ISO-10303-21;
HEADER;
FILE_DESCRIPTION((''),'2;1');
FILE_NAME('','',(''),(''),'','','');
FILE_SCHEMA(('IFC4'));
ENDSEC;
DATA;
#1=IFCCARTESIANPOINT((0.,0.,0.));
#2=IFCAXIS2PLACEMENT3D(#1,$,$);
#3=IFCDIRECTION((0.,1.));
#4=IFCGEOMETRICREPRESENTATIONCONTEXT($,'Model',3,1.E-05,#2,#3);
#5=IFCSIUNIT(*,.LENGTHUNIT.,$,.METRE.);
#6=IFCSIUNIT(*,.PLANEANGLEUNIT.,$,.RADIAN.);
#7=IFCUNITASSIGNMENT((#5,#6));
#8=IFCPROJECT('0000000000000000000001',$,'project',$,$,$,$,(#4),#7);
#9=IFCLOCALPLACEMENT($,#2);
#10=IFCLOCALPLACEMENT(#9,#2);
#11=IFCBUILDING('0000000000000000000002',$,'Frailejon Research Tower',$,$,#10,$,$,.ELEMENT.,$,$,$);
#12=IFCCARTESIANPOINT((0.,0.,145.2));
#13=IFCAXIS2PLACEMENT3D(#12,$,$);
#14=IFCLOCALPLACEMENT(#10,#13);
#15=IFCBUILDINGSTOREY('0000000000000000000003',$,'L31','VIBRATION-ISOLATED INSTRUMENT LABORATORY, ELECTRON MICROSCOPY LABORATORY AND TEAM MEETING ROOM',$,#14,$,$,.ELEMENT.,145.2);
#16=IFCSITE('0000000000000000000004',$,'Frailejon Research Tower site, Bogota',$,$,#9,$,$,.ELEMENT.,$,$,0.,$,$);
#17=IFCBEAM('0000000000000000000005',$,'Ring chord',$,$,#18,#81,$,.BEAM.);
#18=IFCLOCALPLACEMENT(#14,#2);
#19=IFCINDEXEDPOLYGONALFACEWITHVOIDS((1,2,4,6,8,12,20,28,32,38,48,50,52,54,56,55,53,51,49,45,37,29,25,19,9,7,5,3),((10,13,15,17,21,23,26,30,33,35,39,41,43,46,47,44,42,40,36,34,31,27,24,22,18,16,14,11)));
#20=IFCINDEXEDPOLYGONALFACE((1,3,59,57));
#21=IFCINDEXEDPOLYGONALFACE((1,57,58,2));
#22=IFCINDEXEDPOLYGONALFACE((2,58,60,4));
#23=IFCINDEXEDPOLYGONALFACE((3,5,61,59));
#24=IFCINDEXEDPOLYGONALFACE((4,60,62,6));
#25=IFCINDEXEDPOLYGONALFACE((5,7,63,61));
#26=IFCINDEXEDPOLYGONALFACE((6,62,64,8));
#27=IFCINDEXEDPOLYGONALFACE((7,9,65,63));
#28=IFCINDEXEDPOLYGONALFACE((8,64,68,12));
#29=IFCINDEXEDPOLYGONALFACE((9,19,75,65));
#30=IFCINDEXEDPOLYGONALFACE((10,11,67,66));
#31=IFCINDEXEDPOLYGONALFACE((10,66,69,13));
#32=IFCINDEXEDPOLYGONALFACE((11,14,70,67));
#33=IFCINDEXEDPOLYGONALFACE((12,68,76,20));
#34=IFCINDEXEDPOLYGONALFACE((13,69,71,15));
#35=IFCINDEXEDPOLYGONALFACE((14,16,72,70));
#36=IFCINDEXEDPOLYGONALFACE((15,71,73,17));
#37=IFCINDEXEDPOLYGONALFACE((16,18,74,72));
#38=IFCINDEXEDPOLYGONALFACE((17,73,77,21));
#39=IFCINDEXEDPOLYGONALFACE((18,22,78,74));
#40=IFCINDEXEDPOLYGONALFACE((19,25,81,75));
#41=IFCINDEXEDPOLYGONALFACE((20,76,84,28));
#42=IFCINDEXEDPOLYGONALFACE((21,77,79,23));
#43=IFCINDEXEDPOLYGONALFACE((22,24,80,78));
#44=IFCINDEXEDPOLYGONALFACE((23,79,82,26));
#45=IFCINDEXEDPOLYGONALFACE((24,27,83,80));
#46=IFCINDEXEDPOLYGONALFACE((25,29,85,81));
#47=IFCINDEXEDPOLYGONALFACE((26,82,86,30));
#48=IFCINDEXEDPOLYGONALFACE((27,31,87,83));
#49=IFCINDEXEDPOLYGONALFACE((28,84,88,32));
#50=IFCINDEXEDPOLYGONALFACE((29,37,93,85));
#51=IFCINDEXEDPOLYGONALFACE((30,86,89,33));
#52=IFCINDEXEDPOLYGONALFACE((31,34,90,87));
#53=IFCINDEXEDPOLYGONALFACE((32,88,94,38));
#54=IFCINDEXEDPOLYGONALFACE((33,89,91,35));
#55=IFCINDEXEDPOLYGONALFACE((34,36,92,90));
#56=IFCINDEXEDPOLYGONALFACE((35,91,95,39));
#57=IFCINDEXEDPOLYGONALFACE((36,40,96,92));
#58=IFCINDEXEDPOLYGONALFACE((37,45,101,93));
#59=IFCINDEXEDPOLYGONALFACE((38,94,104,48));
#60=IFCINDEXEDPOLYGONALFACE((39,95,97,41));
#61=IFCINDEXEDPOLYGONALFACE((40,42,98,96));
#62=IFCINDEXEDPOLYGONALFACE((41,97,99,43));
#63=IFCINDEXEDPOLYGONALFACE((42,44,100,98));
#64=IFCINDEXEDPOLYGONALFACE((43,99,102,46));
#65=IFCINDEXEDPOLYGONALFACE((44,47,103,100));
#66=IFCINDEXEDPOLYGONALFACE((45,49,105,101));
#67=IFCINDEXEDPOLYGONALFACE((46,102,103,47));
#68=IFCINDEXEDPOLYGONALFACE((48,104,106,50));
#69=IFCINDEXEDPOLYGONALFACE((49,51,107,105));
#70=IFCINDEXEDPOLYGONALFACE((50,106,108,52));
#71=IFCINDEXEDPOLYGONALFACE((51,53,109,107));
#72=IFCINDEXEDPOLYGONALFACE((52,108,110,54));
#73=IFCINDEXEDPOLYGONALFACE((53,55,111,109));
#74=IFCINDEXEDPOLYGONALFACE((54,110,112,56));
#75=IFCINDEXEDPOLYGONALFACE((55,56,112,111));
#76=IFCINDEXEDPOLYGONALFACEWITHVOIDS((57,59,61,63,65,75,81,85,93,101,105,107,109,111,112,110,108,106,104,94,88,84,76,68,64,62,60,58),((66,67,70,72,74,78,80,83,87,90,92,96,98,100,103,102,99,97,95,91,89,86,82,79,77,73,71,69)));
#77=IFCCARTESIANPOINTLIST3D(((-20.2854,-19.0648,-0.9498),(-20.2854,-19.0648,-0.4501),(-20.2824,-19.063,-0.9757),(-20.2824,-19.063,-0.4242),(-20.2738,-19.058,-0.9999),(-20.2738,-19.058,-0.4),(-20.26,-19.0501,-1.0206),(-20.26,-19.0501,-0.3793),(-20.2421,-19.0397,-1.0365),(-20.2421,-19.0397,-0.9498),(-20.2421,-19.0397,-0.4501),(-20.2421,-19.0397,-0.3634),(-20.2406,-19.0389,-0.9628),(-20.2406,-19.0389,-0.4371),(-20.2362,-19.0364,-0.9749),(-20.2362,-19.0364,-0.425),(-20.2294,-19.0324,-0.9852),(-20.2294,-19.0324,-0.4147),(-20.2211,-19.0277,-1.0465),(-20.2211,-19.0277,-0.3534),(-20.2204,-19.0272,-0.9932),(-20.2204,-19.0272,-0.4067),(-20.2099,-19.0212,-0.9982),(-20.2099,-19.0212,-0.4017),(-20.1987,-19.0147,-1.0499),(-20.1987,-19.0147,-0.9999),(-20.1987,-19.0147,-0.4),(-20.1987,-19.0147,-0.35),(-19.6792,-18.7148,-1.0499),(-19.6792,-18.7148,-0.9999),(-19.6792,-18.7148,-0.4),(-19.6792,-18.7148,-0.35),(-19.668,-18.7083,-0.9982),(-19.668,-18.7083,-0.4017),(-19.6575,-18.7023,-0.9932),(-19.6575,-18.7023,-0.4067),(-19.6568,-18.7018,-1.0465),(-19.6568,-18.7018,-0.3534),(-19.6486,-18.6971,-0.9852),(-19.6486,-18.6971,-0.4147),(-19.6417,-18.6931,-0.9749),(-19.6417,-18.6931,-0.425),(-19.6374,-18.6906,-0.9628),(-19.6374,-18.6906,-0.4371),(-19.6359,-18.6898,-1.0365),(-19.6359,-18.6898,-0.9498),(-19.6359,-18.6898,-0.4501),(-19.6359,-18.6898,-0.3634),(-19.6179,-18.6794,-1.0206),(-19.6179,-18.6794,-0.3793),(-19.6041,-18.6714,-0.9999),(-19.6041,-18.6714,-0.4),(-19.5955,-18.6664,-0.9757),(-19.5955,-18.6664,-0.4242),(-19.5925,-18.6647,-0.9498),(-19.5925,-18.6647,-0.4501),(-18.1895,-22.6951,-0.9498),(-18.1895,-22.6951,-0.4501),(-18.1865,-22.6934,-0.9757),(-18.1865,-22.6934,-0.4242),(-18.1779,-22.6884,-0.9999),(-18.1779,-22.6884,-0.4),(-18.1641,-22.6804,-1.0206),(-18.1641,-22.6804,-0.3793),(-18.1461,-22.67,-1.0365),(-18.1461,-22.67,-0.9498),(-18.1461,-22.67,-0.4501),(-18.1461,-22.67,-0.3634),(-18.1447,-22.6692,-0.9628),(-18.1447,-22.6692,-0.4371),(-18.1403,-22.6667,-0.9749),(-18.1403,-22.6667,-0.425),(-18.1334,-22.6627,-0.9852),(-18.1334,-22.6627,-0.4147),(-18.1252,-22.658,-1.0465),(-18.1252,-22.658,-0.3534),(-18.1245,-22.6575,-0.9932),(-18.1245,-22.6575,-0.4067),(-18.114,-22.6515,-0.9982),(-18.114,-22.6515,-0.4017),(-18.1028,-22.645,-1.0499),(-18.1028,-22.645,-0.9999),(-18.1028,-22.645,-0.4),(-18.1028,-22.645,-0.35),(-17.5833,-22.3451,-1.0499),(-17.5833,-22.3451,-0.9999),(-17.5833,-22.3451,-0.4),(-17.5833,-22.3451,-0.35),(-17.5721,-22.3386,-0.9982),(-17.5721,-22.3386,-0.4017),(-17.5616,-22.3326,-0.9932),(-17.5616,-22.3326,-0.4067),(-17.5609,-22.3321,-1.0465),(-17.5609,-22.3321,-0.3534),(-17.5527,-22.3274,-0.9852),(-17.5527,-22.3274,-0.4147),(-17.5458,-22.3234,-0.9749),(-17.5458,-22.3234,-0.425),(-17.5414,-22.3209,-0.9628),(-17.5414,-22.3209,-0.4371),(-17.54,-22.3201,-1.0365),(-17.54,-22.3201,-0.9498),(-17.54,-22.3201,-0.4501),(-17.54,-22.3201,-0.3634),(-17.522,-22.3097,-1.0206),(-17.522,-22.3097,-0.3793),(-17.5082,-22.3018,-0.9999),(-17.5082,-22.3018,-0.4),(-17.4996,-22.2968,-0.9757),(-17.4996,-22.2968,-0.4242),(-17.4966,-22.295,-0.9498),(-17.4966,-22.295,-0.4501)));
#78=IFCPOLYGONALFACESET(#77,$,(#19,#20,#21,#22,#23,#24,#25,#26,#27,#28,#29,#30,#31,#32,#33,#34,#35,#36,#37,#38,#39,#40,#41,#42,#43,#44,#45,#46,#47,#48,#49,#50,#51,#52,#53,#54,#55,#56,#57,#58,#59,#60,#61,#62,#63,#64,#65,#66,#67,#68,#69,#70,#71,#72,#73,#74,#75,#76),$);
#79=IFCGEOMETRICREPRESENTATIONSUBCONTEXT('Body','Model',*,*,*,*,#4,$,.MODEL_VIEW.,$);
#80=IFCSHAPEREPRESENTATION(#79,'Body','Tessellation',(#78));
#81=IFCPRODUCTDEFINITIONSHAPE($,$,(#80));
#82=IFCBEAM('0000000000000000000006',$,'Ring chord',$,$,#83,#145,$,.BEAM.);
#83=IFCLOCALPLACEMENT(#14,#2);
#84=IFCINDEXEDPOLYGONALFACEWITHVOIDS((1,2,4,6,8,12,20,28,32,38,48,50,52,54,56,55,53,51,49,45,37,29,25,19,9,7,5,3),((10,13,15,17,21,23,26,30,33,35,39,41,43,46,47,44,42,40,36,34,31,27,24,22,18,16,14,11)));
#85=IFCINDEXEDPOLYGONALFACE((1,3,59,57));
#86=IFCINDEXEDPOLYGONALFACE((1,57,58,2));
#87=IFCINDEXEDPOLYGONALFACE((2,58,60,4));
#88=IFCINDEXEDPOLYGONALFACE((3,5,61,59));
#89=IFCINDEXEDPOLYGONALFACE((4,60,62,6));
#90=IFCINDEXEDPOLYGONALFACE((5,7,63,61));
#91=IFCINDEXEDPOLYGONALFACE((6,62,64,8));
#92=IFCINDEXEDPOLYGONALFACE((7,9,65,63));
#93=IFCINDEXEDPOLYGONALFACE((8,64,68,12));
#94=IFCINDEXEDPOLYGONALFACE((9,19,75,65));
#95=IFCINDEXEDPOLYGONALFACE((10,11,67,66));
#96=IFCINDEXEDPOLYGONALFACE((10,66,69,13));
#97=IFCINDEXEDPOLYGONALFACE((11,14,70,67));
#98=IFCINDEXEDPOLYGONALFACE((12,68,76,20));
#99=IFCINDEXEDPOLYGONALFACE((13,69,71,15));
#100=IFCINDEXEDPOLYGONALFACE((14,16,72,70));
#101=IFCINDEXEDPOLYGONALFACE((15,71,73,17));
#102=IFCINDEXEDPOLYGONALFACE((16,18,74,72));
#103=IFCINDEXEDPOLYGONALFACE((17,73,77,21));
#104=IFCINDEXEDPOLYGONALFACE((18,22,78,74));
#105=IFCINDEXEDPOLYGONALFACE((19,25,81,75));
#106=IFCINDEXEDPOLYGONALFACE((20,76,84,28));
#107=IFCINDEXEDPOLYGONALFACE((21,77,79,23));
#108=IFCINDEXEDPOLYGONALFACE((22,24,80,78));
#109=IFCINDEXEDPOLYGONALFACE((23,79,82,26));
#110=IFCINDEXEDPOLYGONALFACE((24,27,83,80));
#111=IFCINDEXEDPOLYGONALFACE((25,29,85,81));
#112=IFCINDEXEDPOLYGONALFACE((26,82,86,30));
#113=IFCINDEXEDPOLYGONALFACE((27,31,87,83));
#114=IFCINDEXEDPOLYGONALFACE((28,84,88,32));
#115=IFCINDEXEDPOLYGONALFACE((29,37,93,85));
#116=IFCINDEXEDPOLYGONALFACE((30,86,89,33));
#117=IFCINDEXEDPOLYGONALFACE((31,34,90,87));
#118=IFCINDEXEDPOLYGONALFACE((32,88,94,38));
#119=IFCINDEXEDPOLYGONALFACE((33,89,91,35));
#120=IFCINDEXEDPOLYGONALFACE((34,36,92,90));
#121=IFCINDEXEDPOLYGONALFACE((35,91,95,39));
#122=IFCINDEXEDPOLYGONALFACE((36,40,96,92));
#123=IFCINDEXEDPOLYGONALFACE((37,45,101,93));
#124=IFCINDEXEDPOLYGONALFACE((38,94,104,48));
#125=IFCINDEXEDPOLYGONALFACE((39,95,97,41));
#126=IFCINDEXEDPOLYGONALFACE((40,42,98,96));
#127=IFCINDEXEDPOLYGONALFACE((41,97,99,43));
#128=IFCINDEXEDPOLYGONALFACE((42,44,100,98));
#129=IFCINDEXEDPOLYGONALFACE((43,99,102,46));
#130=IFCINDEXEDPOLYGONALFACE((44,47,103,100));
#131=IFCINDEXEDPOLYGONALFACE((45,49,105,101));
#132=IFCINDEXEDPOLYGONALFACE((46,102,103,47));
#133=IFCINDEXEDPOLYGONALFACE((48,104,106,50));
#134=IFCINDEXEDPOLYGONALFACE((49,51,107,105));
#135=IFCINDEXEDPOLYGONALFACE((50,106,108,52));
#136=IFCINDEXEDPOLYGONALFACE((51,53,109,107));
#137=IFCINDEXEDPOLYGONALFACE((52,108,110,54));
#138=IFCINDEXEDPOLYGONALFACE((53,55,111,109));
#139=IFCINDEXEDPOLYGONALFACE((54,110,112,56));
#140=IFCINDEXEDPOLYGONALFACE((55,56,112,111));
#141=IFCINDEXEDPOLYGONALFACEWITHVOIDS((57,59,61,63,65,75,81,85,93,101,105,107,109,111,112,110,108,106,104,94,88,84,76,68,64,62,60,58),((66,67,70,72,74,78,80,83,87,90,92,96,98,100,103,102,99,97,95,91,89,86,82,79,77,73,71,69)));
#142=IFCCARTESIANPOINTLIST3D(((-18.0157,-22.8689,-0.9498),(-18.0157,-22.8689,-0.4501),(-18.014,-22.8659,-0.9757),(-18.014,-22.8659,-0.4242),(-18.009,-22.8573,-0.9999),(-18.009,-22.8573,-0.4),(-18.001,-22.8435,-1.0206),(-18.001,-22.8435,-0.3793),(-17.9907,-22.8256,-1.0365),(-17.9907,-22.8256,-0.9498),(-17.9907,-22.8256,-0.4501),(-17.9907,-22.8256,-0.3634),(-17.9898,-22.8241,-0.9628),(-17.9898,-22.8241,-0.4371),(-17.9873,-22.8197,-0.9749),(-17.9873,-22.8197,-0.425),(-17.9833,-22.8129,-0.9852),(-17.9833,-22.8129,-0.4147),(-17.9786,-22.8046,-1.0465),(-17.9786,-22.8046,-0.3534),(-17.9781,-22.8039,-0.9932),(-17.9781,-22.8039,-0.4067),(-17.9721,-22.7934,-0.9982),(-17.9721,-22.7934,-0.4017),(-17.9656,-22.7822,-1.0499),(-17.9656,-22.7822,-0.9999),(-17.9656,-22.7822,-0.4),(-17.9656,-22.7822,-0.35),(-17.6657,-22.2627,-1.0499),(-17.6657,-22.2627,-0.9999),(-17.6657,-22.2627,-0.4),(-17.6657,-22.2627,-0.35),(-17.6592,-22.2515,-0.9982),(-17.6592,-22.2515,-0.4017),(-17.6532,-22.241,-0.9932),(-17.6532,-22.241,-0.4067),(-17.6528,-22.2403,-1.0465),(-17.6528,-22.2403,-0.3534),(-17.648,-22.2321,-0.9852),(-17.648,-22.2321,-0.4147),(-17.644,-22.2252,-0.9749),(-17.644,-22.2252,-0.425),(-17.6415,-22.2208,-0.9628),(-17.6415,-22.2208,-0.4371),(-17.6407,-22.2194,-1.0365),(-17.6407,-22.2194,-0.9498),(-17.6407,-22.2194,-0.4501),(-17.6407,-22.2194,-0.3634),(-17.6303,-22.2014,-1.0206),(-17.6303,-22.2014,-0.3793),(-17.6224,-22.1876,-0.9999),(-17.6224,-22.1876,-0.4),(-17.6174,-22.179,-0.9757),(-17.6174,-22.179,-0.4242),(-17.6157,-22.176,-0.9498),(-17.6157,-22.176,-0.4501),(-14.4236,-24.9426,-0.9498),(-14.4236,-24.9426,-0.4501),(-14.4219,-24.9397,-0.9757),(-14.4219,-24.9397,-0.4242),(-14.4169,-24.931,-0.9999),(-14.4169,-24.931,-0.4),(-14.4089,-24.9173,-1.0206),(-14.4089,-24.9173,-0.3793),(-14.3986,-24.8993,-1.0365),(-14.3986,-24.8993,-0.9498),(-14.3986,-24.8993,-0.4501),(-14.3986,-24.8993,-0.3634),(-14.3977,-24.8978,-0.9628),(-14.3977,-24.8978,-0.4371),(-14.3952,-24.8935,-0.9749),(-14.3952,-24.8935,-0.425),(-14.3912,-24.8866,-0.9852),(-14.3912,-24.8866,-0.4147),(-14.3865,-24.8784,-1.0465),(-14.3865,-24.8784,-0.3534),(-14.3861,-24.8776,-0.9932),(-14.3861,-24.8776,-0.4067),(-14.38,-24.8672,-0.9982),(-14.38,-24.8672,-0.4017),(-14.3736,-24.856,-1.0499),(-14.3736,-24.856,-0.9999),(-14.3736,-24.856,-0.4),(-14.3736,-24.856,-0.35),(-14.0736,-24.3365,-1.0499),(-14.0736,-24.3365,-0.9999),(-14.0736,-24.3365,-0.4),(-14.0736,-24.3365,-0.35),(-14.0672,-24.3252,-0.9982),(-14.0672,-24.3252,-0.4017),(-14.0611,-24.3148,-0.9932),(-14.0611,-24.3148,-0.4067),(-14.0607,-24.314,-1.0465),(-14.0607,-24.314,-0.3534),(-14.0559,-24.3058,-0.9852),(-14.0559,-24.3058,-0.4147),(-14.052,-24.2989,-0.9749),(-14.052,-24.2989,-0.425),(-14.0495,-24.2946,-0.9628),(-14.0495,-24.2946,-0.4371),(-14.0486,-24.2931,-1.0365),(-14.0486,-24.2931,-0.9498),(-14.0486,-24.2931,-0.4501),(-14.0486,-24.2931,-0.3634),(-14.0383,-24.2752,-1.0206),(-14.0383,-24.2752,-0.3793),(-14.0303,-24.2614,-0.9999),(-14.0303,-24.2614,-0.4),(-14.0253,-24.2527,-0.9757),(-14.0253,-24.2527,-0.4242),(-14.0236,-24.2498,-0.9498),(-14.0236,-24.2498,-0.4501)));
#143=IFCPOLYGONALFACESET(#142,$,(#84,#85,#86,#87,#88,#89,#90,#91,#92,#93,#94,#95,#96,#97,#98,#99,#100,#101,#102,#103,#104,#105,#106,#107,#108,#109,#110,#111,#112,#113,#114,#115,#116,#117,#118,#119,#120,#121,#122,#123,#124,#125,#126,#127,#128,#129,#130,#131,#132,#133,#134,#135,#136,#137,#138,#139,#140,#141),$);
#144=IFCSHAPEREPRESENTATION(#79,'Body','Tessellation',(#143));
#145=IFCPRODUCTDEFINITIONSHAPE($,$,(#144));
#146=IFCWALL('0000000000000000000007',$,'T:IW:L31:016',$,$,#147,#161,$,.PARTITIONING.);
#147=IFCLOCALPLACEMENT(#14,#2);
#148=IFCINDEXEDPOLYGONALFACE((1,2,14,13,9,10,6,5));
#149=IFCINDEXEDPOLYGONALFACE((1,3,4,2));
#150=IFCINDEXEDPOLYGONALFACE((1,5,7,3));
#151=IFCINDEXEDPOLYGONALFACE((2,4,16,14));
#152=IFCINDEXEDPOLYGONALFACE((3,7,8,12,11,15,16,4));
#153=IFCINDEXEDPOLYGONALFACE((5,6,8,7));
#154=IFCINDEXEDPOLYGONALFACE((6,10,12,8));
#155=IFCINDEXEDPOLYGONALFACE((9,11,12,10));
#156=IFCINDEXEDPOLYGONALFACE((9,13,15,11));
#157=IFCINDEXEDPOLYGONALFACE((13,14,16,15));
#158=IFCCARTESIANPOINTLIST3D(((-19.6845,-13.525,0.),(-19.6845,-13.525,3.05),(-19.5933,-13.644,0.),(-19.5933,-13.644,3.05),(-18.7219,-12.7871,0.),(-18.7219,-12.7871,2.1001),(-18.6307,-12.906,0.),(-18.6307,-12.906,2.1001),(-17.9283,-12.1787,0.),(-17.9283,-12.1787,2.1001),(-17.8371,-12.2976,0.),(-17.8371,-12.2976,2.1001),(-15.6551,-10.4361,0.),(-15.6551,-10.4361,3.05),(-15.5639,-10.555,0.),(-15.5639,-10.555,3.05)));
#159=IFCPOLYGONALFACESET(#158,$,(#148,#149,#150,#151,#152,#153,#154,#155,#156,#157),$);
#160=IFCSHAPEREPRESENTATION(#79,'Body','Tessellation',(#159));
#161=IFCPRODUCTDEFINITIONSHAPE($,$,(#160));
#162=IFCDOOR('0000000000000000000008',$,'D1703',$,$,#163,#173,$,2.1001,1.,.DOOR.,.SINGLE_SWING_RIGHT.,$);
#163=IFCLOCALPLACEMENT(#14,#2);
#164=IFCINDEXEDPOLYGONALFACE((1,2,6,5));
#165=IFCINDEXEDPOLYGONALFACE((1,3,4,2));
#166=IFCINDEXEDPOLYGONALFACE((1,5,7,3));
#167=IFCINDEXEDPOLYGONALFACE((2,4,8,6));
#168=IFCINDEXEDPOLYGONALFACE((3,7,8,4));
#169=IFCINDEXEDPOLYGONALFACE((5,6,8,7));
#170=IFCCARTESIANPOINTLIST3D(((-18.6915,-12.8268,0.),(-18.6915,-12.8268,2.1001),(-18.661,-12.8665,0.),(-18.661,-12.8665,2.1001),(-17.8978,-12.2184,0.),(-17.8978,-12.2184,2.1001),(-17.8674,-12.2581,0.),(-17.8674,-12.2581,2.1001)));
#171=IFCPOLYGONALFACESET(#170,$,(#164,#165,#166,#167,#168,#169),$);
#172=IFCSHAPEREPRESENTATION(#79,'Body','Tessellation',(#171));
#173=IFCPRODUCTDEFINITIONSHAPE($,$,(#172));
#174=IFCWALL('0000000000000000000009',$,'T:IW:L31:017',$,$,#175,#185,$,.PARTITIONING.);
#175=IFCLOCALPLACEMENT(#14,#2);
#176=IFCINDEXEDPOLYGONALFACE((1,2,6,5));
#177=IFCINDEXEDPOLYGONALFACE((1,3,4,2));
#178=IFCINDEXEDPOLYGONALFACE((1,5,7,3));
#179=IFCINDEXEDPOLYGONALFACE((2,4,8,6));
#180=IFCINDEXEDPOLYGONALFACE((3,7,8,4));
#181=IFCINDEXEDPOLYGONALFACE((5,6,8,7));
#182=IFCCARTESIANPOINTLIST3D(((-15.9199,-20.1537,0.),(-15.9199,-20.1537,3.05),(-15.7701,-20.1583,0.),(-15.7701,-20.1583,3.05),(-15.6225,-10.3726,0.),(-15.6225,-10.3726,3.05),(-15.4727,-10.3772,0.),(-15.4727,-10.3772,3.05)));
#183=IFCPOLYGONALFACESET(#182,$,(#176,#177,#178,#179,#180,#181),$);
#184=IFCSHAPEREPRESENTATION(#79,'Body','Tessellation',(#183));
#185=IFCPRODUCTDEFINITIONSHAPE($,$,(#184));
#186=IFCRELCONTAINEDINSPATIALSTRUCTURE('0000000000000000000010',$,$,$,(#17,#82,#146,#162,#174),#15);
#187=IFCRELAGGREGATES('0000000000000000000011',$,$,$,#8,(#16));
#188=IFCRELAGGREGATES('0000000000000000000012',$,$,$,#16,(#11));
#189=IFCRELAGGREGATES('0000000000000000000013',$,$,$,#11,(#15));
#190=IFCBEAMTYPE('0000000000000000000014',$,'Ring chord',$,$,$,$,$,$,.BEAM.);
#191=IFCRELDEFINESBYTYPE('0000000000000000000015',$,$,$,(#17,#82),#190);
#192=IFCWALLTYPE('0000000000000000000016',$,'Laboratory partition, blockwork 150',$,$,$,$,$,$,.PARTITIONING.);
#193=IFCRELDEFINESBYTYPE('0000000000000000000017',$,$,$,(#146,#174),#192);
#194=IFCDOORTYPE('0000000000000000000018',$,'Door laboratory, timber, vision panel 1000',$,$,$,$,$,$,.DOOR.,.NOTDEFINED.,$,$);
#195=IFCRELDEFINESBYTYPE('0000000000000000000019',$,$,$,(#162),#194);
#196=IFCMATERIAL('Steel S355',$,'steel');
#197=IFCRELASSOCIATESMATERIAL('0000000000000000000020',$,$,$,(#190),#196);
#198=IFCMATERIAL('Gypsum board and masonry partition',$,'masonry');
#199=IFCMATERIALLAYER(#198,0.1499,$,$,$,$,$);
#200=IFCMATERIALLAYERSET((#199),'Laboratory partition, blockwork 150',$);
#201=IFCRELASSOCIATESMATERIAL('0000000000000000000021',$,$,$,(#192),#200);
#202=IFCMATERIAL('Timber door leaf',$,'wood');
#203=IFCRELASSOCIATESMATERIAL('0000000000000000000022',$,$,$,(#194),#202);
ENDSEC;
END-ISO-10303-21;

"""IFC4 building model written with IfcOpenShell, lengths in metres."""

from ifc_helpers import new_model, si_unit, direction, frame, frame_2d, origin, origin_2d, place, context, subcontext, project, spatial, rectangle, hollow_rectangle, extrude, material, layer, layer_set, material_profile, profile_set, type_object, element, fill, save


model = new_model("IFC4")

# Units and contexts
model_context = context("Model", 3, precision=1e-05, world=origin(), true_north=direction((0.0, 1.0)))
body_context = subcontext(model_context, "Body", "Model", "MODEL_VIEW")
ifc_project = project(units=[si_unit("LENGTHUNIT", "METRE"), si_unit("PLANEANGLEUNIT", "RADIAN")], contexts=[model_context])

# Site, building, storey
site_placement = place(None, origin())
site = spatial("IfcSite", under=ifc_project, at=site_placement, Name="Frailejon Research Tower site, Bogota", CompositionType="ELEMENT", RefElevation=0.0)
building_placement = place(site_placement, origin())
building = spatial("IfcBuilding", under=site, at=building_placement, Name="Frailejon Research Tower", CompositionType="ELEMENT")
storey_placement = place(building_placement, frame((0.0, 0.0, 145.2)))
storey = spatial("IfcBuildingStorey", under=building, at=storey_placement, Name="L31", Description="VIBRATION-ISOLATED INSTRUMENT LABORATORY, ELECTRON MICROSCOPY LABORATORY AND TEAM MEETING ROOM", CompositionType="ELEMENT", Elevation=145.2)

# Beams
ifc_material_1 = material(Name="Steel S355", Category="steel")
ifc_material_profile_1 = material_profile(ifc_material_1, hollow_rectangle(XDim=0.8, YDim=0.7, WallThickness=0.05, InnerFilletRadius=0.05, OuterFilletRadius=0.1001, at=origin_2d()), Name="Ring chord")
ifc_profile_set_1 = profile_set([ifc_material_profile_1], Name="Steel S355")
beam_type_1 = type_object("IfcBeamType", Name="Ring chord", PredefinedType="BEAM", material=ifc_profile_set_1)
for number, where, z_axis, x_axis, name in (
    (1, (-19.939, -18.8647, -0.7), (0.499991, -0.86603, 0.0), (0.86603, 0.499991, 0.0), "Ring chord"),
):
    element("IfcBeam", number, at=place(storey_placement, frame(where, z_axis=z_axis, x_axis=x_axis)), inside=storey, type_object=beam_type_1, Name=name, PredefinedType="BEAM", context=body_context, shape_type="SweptSolid", body=[
        extrude(hollow_rectangle(XDim=0.8, YDim=0.7, WallThickness=0.05, InnerFilletRadius=0.05, OuterFilletRadius=0.1001, at=origin_2d()), origin(), (0.0, 0.0, 1.0), 4.1919),
    ])
beam_1_placement = place(storey_placement, frame((-17.8157, -22.5225, -0.7), z_axis=(0.86604, -0.499976, 0.0), x_axis=(0.499976, 0.86604, 0.0)))
element("IfcBeam", 2, at=beam_1_placement, inside=storey, type_object=beam_type_1, Name="Ring chord", PredefinedType="BEAM", context=body_context, shape_type="SweptSolid", body=[
    extrude(hollow_rectangle(XDim=0.8, YDim=0.7, WallThickness=0.05, InnerFilletRadius=0.05, OuterFilletRadius=0.1001, at=origin_2d()), origin(), (0.0, 0.0, 1.0), 4.1477),
])

# Wall, opening, door
ifc_material_2 = material(Name="Gypsum board and masonry partition", Category="masonry")
ifc_layer_1 = layer(ifc_material_2, 0.1499)
ifc_layer_set_1 = layer_set([ifc_layer_1], Name="Laboratory partition, blockwork 150")
wall_type_1 = type_object("IfcWallType", Name="Laboratory partition, blockwork 150", PredefinedType="PARTITIONING", material=ifc_layer_set_1)
wall_1_placement = place(storey_placement, frame((-19.6389, -13.5845, 0.0), z_axis=(0.0, 0.0, 1.0), x_axis=(0.793631, 0.608399, 0.0)))
wall_1 = element("IfcWall", 3, at=wall_1_placement, inside=storey, type_object=wall_type_1, Name="T:IW:L31:016", PredefinedType="PARTITIONING", context=body_context, shape_type="SweptSolid", body=[
    extrude(rectangle(XDim=5.0771, YDim=0.1499, at=frame_2d((2.5386, 0.0))), origin(), (0.0, 0.0, 1.0), 3.05),
])
opening_1_placement = place(wall_1_placement, frame((1.2129, 0.0, 0.0)))
opening_1 = element("IfcOpeningElement", 4, at=opening_1_placement, cuts=wall_1, PredefinedType="OPENING", context=body_context, shape_type="SweptSolid", body=[
    extrude(rectangle(XDim=1.0, YDim=2.1001, at=frame_2d((0.5, 1.05))), frame((0.0, 0.085, 0.0), z_axis=(0.0, -1.0, 0.0), x_axis=(1.0, 0.0, 0.0)), (0.0, 0.0, 1.0), 0.1699),
])
ifc_material_3 = material(Name="Timber door leaf", Category="wood")
door_type = type_object("IfcDoorType", Name="Door laboratory, timber, vision panel 1000", OperationType="NOTDEFINED", PredefinedType="DOOR", material=ifc_material_3)
door_placement = place(opening_1_placement, origin())
door = element("IfcDoor", 5, at=door_placement, inside=storey, type_object=door_type, Name="D1703", OperationType="SINGLE_SWING_RIGHT", OverallHeight=2.1001, OverallWidth=1.0, PredefinedType="DOOR", context=body_context, shape_type="SweptSolid", body=[
    extrude(rectangle(XDim=1.0, YDim=2.1001, at=frame_2d((0.5, 1.05))), frame((0.0, 0.0249, 0.0), z_axis=(0.0, -1.0, 0.0), x_axis=(1.0, 0.0, 0.0)), (0.0, 0.0, 1.0), 0.05),
])
fill(opening_1, door)

# Wall
wall_2_placement = place(storey_placement, frame((-15.845, -20.156, 0.0), z_axis=(0.0, 0.0, 1.0), x_axis=(0.030388, 0.999538, 0.0)))
element("IfcWall", 6, at=wall_2_placement, inside=storey, type_object=wall_type_1, Name="T:IW:L31:017", PredefinedType="PARTITIONING", context=body_context, shape_type="SweptSolid", body=[
    extrude(rectangle(XDim=9.7856, YDim=0.1499, at=frame_2d((4.8928, 0.0))), origin(), (0.0, 0.0, 1.0), 3.05),
])

save(model, "model.ifc")
